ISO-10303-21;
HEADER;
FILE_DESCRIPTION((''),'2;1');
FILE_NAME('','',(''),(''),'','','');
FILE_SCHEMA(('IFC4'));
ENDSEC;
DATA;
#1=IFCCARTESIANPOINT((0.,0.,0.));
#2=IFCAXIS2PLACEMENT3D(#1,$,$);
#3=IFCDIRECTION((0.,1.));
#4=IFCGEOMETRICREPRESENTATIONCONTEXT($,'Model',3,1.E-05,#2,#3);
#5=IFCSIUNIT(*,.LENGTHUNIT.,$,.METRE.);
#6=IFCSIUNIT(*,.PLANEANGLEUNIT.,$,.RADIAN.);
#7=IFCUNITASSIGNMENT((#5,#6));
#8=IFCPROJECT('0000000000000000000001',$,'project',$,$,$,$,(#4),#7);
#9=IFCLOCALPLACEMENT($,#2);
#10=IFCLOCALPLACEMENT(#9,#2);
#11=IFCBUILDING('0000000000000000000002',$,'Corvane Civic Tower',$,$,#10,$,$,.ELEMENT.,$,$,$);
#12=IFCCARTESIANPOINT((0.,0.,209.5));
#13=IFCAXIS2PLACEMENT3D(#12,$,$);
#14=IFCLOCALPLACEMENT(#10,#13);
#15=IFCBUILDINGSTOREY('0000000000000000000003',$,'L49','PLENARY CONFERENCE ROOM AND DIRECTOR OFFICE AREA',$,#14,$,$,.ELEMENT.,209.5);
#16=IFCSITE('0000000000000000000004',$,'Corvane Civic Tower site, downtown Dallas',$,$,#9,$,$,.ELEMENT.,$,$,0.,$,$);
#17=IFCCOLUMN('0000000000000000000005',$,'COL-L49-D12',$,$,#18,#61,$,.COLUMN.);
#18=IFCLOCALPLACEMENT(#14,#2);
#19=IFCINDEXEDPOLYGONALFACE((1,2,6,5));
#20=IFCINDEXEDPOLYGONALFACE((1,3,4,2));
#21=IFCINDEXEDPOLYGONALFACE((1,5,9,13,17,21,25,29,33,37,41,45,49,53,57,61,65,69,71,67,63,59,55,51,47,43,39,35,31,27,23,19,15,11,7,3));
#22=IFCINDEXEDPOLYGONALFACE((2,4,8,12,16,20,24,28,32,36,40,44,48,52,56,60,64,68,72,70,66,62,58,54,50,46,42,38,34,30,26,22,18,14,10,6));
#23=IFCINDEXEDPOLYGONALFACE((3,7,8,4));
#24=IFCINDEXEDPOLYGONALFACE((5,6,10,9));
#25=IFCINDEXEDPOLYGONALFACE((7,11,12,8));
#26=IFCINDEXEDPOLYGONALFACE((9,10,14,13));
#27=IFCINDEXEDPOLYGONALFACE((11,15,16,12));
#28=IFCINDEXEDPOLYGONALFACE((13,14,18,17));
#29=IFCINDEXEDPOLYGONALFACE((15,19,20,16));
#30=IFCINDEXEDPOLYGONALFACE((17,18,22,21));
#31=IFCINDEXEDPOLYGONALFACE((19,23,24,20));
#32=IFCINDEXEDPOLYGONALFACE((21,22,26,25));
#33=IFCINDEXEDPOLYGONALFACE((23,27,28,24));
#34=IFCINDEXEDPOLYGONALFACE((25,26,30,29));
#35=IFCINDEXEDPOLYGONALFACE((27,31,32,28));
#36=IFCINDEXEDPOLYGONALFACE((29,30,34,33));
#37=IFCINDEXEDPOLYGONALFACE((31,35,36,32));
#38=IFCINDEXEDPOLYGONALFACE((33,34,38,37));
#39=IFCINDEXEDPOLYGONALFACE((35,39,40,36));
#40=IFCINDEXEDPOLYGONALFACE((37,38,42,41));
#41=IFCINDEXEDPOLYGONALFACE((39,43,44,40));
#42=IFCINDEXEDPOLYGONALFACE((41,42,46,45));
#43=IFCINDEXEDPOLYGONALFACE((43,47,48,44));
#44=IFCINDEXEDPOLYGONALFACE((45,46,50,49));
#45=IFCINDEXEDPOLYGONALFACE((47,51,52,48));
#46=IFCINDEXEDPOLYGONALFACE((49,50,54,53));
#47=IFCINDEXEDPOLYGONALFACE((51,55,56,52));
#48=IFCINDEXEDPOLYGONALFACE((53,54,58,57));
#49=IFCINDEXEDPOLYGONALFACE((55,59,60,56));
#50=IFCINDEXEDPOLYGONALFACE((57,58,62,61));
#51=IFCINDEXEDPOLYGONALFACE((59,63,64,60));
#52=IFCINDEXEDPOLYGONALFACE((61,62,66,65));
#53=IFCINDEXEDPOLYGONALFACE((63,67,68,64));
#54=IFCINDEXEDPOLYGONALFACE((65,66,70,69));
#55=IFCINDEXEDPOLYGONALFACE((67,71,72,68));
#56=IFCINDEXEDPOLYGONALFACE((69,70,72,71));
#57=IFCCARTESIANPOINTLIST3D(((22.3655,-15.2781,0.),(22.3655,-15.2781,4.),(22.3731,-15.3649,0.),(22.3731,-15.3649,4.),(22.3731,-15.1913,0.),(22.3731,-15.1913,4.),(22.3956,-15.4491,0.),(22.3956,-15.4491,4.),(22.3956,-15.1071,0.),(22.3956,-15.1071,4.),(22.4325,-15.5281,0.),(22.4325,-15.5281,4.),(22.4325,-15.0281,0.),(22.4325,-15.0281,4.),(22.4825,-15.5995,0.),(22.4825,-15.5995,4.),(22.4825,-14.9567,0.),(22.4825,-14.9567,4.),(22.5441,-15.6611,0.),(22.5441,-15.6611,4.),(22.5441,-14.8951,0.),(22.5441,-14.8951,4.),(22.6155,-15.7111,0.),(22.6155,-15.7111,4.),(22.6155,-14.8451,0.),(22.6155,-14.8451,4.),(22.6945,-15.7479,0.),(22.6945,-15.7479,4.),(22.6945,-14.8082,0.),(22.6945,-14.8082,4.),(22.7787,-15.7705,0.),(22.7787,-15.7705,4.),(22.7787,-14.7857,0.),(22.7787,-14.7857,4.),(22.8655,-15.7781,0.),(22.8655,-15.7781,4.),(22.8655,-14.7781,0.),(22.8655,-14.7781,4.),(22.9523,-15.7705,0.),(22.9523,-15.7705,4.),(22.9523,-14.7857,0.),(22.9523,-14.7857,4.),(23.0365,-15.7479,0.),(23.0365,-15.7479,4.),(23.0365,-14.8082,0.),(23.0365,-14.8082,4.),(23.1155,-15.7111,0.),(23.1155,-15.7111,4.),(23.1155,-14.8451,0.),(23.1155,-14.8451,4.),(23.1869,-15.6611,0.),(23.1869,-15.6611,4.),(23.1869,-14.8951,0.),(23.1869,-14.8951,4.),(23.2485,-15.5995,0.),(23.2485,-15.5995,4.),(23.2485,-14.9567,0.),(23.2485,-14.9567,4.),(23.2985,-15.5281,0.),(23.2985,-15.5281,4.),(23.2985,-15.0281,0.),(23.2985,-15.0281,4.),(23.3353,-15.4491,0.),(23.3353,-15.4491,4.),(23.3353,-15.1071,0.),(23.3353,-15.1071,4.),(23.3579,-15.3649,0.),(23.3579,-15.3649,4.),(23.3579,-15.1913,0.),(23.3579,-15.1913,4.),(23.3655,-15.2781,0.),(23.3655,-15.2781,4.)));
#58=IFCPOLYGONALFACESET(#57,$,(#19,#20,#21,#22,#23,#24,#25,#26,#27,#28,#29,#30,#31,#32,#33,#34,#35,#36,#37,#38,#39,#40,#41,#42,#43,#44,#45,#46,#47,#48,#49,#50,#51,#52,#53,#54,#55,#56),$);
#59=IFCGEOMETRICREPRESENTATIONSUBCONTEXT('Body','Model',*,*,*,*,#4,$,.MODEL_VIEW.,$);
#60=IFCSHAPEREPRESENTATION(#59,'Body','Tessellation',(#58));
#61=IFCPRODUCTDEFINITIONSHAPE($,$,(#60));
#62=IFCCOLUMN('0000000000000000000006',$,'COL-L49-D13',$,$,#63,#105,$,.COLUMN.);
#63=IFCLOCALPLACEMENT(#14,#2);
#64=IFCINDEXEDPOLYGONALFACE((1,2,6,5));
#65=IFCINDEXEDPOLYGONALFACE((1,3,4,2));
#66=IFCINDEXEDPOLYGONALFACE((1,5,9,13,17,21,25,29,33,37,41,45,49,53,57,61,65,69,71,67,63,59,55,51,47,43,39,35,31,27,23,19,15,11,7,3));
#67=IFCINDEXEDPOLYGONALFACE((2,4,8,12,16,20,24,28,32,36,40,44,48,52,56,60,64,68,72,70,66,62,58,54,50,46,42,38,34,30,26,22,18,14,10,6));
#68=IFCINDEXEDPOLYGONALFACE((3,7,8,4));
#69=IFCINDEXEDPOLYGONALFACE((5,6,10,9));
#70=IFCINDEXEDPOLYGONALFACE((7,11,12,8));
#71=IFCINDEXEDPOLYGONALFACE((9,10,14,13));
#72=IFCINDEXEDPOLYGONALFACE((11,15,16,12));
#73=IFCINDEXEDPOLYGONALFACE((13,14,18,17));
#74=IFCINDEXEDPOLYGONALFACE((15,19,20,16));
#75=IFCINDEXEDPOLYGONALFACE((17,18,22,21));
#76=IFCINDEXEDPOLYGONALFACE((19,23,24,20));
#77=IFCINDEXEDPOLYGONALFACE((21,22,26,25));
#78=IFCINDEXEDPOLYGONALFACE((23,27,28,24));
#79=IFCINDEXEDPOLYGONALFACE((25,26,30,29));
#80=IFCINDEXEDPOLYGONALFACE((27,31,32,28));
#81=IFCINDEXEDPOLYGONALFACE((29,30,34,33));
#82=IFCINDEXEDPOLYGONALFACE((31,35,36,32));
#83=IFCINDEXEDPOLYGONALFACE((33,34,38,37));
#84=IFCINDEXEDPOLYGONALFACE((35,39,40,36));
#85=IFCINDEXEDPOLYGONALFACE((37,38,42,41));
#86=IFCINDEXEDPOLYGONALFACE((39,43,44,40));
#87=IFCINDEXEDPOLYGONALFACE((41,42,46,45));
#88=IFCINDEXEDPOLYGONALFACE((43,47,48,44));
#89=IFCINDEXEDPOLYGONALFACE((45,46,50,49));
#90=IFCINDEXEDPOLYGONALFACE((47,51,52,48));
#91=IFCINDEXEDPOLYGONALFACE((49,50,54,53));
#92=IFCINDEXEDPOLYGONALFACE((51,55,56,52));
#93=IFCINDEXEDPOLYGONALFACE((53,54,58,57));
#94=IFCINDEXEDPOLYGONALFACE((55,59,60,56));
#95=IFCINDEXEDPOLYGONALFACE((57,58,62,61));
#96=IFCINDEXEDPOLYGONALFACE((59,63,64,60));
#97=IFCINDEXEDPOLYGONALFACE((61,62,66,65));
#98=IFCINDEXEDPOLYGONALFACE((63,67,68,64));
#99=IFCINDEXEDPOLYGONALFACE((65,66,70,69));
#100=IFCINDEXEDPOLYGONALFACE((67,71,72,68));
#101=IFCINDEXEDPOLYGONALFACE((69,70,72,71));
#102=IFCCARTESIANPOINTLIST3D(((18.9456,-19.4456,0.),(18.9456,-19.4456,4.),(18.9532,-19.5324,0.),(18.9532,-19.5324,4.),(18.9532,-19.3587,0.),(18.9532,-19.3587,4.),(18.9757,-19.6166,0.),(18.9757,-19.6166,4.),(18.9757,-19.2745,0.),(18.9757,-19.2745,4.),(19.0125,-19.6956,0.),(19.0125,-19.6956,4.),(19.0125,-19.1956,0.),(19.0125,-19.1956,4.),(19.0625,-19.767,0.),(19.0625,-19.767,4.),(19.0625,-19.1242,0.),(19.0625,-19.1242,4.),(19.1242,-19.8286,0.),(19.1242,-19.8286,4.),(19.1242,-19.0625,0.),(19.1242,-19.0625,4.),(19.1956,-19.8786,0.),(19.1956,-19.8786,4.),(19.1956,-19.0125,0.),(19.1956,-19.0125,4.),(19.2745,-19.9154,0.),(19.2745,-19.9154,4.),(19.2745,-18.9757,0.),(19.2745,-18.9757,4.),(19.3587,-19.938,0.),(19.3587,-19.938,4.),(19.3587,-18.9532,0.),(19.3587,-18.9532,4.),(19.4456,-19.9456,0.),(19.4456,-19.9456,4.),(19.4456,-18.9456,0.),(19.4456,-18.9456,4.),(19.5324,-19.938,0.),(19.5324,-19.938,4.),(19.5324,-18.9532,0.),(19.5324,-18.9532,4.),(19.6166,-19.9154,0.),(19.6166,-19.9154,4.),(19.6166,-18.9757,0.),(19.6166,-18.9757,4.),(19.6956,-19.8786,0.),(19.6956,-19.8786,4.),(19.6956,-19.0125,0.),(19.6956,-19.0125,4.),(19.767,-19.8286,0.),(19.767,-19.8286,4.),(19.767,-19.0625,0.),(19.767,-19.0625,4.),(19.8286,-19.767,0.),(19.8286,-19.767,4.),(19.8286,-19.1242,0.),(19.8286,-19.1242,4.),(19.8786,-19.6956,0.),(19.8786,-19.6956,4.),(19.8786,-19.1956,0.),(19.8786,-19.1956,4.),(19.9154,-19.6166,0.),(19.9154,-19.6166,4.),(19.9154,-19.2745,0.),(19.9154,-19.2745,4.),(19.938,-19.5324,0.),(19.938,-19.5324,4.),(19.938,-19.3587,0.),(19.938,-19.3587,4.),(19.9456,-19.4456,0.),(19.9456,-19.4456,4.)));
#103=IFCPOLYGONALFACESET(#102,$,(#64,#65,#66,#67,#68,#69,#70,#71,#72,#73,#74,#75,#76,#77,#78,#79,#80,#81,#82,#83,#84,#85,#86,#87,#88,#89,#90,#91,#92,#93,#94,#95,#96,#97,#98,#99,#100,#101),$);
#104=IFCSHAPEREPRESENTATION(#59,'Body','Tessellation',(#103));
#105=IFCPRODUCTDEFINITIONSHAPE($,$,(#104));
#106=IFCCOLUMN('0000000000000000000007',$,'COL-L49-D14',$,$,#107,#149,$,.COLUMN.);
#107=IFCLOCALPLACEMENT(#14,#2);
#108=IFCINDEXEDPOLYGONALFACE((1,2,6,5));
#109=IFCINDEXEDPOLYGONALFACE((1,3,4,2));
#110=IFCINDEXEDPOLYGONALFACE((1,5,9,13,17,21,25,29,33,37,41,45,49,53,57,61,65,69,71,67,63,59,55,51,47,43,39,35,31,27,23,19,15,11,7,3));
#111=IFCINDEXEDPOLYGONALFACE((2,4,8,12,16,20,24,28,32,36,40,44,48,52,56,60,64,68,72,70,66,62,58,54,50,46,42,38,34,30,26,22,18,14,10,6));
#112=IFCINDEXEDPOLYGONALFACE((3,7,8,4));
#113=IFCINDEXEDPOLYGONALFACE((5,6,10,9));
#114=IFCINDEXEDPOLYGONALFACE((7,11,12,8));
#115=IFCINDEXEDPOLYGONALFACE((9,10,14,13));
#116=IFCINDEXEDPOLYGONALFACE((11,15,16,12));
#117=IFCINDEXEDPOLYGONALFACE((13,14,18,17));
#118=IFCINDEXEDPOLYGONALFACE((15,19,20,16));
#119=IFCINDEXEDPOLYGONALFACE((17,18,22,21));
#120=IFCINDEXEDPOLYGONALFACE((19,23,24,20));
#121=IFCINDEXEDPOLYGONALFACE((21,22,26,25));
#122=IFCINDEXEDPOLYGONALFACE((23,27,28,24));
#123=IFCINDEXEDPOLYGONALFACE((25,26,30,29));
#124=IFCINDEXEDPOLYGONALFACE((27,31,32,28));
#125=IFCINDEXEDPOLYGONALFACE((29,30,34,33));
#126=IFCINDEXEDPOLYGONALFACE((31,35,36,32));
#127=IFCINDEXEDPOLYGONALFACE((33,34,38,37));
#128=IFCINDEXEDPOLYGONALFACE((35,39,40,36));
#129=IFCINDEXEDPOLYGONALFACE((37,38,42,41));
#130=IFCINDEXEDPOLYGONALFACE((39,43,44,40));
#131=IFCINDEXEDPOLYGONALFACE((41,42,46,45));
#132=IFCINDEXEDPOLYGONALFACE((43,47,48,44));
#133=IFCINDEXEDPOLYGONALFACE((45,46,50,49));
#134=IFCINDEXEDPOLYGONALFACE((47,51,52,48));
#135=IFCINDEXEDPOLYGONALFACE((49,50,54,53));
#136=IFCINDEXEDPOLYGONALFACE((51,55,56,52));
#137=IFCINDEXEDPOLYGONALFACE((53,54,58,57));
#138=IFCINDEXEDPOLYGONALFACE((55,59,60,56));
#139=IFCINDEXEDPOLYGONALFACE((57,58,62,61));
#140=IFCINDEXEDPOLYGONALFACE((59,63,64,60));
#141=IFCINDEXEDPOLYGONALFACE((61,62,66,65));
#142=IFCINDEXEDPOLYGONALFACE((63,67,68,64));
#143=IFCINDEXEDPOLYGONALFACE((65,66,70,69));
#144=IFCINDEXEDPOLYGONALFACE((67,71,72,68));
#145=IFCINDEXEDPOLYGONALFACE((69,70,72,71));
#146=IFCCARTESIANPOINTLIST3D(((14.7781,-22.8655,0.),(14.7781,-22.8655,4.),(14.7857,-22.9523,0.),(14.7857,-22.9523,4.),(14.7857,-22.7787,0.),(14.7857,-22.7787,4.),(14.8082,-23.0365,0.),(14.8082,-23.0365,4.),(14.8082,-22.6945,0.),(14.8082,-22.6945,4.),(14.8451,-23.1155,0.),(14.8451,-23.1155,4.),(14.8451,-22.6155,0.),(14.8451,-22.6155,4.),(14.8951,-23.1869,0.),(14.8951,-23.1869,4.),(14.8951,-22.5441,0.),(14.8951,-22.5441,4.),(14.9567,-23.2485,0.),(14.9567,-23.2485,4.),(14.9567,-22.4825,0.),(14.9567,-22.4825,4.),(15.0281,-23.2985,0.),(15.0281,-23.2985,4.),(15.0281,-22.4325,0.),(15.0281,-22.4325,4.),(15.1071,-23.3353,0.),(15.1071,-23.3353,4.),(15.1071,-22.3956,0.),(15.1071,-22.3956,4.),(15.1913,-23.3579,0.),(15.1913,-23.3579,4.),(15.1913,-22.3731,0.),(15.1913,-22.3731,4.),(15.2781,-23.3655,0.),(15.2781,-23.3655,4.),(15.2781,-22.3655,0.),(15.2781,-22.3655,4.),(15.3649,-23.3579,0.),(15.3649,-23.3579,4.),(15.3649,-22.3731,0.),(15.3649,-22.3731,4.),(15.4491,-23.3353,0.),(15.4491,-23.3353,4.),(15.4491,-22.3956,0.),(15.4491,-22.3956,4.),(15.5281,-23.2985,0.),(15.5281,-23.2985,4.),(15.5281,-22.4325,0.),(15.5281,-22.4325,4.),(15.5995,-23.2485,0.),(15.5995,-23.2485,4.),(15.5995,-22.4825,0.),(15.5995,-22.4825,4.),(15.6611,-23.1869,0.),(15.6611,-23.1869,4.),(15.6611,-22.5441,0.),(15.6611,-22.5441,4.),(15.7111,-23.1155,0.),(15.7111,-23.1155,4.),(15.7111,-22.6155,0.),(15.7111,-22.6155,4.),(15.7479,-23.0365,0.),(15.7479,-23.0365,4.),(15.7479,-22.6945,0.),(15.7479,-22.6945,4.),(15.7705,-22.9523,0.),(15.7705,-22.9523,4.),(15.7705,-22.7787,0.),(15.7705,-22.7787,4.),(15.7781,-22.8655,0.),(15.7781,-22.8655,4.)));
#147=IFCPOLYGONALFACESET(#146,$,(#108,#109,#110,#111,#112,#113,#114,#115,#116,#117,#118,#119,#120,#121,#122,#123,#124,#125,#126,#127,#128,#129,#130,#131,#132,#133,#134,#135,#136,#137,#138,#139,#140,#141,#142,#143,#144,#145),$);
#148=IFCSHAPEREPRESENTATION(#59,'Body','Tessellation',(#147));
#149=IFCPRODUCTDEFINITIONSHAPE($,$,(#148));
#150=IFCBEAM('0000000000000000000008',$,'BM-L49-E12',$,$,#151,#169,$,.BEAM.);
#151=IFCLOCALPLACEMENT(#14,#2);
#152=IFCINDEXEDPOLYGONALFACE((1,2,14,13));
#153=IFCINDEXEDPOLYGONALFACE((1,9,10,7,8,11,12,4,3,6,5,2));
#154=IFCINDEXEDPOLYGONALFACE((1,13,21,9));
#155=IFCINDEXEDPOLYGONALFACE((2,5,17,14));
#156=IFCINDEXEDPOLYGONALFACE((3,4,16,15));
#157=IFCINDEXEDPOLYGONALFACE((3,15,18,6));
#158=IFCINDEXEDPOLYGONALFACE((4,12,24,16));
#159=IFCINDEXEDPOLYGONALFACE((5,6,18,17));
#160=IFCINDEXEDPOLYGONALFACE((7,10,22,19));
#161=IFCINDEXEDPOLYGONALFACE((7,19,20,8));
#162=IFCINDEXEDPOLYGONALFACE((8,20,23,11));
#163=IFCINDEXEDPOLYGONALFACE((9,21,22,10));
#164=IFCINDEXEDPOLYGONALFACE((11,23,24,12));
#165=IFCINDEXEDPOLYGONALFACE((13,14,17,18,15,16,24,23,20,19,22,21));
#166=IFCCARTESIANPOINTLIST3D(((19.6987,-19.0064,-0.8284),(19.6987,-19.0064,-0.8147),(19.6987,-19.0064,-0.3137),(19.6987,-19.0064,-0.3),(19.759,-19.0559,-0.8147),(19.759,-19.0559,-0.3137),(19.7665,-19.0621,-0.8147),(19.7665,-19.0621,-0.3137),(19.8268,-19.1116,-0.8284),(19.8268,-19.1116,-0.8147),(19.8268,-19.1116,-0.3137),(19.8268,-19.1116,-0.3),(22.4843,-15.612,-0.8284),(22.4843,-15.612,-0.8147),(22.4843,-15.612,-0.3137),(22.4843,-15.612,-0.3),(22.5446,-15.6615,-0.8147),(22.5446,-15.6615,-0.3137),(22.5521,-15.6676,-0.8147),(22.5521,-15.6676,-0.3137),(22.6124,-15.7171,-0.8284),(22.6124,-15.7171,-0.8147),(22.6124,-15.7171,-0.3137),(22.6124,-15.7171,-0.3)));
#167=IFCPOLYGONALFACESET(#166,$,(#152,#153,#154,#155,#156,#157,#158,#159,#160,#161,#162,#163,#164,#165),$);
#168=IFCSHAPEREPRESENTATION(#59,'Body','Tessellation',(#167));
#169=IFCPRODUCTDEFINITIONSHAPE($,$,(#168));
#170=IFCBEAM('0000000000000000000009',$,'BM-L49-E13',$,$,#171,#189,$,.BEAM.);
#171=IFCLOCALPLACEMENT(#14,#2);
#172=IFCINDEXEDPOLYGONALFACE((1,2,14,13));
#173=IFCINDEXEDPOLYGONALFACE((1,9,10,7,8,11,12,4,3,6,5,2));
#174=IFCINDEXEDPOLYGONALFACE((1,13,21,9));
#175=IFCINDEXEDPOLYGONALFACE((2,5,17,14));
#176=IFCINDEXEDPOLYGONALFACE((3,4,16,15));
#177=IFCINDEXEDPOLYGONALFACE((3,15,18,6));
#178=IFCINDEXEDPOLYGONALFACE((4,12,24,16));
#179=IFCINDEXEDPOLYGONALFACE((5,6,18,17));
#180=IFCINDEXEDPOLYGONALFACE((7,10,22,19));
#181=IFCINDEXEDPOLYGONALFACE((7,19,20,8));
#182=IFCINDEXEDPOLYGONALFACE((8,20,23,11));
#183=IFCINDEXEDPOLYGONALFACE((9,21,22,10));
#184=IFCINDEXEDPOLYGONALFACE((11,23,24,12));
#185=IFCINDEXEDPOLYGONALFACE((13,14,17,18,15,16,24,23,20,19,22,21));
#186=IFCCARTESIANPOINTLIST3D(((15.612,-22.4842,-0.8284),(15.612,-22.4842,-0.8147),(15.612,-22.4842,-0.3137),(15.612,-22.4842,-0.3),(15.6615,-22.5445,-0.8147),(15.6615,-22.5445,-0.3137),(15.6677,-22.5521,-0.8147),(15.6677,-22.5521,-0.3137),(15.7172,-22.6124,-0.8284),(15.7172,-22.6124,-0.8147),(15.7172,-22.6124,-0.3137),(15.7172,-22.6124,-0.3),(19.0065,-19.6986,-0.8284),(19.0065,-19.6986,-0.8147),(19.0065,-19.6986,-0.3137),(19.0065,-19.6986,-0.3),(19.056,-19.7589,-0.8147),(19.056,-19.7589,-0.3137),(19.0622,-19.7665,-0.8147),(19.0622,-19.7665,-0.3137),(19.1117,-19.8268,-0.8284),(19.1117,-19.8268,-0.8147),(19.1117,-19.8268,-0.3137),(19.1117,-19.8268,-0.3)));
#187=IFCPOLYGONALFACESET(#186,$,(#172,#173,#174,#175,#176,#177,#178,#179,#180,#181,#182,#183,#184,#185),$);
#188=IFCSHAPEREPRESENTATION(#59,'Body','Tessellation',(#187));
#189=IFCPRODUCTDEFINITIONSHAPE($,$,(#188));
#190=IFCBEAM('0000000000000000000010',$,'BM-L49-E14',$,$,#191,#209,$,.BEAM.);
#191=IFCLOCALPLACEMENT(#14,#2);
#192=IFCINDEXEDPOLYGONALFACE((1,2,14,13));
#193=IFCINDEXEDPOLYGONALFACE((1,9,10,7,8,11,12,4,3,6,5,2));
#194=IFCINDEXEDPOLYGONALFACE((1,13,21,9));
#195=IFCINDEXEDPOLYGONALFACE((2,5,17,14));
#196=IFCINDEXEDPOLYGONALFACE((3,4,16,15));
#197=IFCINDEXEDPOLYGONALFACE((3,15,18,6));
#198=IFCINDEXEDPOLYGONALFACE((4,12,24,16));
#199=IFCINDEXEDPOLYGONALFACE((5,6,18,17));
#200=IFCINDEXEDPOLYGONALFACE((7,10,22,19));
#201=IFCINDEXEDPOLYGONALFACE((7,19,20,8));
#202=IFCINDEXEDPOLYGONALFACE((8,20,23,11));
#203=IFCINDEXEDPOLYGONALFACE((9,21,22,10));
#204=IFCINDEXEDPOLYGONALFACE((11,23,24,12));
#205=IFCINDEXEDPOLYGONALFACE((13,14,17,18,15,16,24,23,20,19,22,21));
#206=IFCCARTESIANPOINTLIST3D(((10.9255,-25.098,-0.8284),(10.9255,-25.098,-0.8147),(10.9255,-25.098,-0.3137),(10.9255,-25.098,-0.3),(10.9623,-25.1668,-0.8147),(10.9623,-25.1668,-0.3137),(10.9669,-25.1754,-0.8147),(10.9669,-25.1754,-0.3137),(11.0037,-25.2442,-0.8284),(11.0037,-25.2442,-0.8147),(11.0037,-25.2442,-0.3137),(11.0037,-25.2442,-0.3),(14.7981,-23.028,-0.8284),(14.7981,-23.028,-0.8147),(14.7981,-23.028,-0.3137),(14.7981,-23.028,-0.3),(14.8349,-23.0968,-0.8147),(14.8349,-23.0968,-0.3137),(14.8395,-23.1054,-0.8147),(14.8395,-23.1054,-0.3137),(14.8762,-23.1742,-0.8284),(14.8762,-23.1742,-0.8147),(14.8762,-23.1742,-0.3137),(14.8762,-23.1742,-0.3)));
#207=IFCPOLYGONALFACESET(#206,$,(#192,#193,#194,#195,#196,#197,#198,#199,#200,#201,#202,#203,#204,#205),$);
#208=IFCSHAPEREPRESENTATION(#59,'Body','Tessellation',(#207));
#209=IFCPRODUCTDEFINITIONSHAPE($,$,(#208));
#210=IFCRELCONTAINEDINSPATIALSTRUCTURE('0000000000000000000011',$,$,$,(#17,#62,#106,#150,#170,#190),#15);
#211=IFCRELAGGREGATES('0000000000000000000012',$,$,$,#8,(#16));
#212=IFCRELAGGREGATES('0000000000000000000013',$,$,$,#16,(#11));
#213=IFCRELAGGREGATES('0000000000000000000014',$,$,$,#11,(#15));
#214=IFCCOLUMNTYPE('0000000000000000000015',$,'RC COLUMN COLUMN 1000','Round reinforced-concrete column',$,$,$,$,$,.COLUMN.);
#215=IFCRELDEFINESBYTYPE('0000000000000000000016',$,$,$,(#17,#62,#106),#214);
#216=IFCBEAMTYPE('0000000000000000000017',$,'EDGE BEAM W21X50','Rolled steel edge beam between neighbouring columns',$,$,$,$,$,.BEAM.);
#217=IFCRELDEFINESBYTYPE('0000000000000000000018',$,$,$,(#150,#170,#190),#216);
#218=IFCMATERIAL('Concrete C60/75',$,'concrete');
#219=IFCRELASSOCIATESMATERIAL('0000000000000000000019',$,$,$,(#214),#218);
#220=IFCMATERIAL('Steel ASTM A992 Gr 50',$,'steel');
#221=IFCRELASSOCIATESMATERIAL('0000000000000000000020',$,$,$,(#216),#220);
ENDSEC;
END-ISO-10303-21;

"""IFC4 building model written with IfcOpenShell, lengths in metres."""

from ifc_helpers import new_model, si_unit, direction, frame, origin, origin_2d, place, context, subcontext, project, spatial, circle, i_section, extrude, material, material_profile, profile_set, type_object, element, save


model = new_model("IFC4")

# Units and contexts
model_context = context("Model", 3, precision=1e-05, world=origin(), true_north=direction((0.0, 1.0)))
body_context = subcontext(model_context, "Body", "Model", "MODEL_VIEW")
ifc_project = project(units=[si_unit("LENGTHUNIT", "METRE"), si_unit("PLANEANGLEUNIT", "RADIAN")], contexts=[model_context])

# Site, building, storey
site_placement = place(None, origin())
site = spatial("IfcSite", under=ifc_project, at=site_placement, Name="Corvane Civic Tower site, downtown Dallas", CompositionType="ELEMENT", RefElevation=0.0)
building_placement = place(site_placement, origin())
building = spatial("IfcBuilding", under=site, at=building_placement, Name="Corvane Civic Tower", CompositionType="ELEMENT")
storey_placement = place(building_placement, frame((0.0, 0.0, 209.5)))
storey = spatial("IfcBuildingStorey", under=building, at=storey_placement, Name="L49", Description="PLENARY CONFERENCE ROOM AND DIRECTOR OFFICE AREA", CompositionType="ELEMENT", Elevation=209.5)

# Columns
ifc_material_1 = material(Name="Concrete C60/75", Category="concrete")
ifc_material_profile_1 = material_profile(ifc_material_1, circle(Radius=0.5, at=origin_2d()), Name="COLUMN 1000")
ifc_profile_set_1 = profile_set([ifc_material_profile_1], Name="Concrete C60/75")
column_type = type_object("IfcColumnType", Name="RC COLUMN COLUMN 1000", Description="Round reinforced-concrete column", PredefinedType="COLUMN", material=ifc_profile_set_1)
for number, where, z_axis, x_axis, name in (
    (1, (22.8655, -15.2781, 0.0), (0.0, 0.0, 1.0), (1.0, 0.0, 0.0), "COL-L49-D12"),
    (2, (19.4456, -19.4456, 0.0), (0.0, 0.0, 1.0), (1.0, 0.0, 0.0), "COL-L49-D13"),
    (3, (15.2781, -22.8655, 0.0), (0.0, 0.0, 1.0), (1.0, 0.0, 0.0), "COL-L49-D14"),
):
    element("IfcColumn", number, at=place(storey_placement, frame(where, z_axis=z_axis, x_axis=x_axis)), inside=storey, type_object=column_type, Name=name, PredefinedType="COLUMN", context=body_context, shape_type="SweptSolid", body=[
        extrude(circle(Radius=0.5, at=origin_2d()), origin(), (0.0, 0.0, 1.0), 4.0),
    ])

# Beams
ifc_material_2 = material(Name="Steel ASTM A992 Gr 50", Category="steel")
ifc_material_profile_2 = material_profile(ifc_material_2, i_section(OverallWidth=0.1658, OverallDepth=0.5283, WebThickness=0.0098, FlangeThickness=0.0137, at=origin_2d()), Name="W21X50")
ifc_profile_set_2 = profile_set([ifc_material_profile_2], Name="Steel ASTM A992 Gr 50")
beam_type_1 = type_object("IfcBeamType", Name="EDGE BEAM W21X50", Description="Rolled steel edge beam between neighbouring columns", PredefinedType="BEAM", material=ifc_profile_set_2)
for number, where, z_axis, x_axis, name in (
    (4, (22.5483, -15.6646, -0.5642), (-0.634369, -0.77303, 0.0), (0.77303, -0.634369, 0.0), "BM-L49-E12"),
    (5, (19.0591, -19.7627, -0.5642), (-0.77303, -0.634369, 0.0), (0.634369, -0.77303, 0.0), "BM-L49-E13"),
    (6, (14.8372, -23.1011, -0.5642), (-0.881908, -0.471422, 0.0), (0.471422, -0.881908, 0.0), "BM-L49-E14"),
):
    element("IfcBeam", number, at=place(storey_placement, frame(where, z_axis=z_axis, x_axis=x_axis)), inside=storey, type_object=beam_type_1, Name=name, PredefinedType="BEAM", context=body_context, shape_type="SweptSolid", body=[
        extrude(i_section(OverallWidth=0.1658, OverallDepth=0.5283, WebThickness=0.0098, FlangeThickness=0.0137, at=origin_2d()), origin(), (0.0, 0.0, 1.0), 4.3911),
    ])

save(model, "model.ifc")
